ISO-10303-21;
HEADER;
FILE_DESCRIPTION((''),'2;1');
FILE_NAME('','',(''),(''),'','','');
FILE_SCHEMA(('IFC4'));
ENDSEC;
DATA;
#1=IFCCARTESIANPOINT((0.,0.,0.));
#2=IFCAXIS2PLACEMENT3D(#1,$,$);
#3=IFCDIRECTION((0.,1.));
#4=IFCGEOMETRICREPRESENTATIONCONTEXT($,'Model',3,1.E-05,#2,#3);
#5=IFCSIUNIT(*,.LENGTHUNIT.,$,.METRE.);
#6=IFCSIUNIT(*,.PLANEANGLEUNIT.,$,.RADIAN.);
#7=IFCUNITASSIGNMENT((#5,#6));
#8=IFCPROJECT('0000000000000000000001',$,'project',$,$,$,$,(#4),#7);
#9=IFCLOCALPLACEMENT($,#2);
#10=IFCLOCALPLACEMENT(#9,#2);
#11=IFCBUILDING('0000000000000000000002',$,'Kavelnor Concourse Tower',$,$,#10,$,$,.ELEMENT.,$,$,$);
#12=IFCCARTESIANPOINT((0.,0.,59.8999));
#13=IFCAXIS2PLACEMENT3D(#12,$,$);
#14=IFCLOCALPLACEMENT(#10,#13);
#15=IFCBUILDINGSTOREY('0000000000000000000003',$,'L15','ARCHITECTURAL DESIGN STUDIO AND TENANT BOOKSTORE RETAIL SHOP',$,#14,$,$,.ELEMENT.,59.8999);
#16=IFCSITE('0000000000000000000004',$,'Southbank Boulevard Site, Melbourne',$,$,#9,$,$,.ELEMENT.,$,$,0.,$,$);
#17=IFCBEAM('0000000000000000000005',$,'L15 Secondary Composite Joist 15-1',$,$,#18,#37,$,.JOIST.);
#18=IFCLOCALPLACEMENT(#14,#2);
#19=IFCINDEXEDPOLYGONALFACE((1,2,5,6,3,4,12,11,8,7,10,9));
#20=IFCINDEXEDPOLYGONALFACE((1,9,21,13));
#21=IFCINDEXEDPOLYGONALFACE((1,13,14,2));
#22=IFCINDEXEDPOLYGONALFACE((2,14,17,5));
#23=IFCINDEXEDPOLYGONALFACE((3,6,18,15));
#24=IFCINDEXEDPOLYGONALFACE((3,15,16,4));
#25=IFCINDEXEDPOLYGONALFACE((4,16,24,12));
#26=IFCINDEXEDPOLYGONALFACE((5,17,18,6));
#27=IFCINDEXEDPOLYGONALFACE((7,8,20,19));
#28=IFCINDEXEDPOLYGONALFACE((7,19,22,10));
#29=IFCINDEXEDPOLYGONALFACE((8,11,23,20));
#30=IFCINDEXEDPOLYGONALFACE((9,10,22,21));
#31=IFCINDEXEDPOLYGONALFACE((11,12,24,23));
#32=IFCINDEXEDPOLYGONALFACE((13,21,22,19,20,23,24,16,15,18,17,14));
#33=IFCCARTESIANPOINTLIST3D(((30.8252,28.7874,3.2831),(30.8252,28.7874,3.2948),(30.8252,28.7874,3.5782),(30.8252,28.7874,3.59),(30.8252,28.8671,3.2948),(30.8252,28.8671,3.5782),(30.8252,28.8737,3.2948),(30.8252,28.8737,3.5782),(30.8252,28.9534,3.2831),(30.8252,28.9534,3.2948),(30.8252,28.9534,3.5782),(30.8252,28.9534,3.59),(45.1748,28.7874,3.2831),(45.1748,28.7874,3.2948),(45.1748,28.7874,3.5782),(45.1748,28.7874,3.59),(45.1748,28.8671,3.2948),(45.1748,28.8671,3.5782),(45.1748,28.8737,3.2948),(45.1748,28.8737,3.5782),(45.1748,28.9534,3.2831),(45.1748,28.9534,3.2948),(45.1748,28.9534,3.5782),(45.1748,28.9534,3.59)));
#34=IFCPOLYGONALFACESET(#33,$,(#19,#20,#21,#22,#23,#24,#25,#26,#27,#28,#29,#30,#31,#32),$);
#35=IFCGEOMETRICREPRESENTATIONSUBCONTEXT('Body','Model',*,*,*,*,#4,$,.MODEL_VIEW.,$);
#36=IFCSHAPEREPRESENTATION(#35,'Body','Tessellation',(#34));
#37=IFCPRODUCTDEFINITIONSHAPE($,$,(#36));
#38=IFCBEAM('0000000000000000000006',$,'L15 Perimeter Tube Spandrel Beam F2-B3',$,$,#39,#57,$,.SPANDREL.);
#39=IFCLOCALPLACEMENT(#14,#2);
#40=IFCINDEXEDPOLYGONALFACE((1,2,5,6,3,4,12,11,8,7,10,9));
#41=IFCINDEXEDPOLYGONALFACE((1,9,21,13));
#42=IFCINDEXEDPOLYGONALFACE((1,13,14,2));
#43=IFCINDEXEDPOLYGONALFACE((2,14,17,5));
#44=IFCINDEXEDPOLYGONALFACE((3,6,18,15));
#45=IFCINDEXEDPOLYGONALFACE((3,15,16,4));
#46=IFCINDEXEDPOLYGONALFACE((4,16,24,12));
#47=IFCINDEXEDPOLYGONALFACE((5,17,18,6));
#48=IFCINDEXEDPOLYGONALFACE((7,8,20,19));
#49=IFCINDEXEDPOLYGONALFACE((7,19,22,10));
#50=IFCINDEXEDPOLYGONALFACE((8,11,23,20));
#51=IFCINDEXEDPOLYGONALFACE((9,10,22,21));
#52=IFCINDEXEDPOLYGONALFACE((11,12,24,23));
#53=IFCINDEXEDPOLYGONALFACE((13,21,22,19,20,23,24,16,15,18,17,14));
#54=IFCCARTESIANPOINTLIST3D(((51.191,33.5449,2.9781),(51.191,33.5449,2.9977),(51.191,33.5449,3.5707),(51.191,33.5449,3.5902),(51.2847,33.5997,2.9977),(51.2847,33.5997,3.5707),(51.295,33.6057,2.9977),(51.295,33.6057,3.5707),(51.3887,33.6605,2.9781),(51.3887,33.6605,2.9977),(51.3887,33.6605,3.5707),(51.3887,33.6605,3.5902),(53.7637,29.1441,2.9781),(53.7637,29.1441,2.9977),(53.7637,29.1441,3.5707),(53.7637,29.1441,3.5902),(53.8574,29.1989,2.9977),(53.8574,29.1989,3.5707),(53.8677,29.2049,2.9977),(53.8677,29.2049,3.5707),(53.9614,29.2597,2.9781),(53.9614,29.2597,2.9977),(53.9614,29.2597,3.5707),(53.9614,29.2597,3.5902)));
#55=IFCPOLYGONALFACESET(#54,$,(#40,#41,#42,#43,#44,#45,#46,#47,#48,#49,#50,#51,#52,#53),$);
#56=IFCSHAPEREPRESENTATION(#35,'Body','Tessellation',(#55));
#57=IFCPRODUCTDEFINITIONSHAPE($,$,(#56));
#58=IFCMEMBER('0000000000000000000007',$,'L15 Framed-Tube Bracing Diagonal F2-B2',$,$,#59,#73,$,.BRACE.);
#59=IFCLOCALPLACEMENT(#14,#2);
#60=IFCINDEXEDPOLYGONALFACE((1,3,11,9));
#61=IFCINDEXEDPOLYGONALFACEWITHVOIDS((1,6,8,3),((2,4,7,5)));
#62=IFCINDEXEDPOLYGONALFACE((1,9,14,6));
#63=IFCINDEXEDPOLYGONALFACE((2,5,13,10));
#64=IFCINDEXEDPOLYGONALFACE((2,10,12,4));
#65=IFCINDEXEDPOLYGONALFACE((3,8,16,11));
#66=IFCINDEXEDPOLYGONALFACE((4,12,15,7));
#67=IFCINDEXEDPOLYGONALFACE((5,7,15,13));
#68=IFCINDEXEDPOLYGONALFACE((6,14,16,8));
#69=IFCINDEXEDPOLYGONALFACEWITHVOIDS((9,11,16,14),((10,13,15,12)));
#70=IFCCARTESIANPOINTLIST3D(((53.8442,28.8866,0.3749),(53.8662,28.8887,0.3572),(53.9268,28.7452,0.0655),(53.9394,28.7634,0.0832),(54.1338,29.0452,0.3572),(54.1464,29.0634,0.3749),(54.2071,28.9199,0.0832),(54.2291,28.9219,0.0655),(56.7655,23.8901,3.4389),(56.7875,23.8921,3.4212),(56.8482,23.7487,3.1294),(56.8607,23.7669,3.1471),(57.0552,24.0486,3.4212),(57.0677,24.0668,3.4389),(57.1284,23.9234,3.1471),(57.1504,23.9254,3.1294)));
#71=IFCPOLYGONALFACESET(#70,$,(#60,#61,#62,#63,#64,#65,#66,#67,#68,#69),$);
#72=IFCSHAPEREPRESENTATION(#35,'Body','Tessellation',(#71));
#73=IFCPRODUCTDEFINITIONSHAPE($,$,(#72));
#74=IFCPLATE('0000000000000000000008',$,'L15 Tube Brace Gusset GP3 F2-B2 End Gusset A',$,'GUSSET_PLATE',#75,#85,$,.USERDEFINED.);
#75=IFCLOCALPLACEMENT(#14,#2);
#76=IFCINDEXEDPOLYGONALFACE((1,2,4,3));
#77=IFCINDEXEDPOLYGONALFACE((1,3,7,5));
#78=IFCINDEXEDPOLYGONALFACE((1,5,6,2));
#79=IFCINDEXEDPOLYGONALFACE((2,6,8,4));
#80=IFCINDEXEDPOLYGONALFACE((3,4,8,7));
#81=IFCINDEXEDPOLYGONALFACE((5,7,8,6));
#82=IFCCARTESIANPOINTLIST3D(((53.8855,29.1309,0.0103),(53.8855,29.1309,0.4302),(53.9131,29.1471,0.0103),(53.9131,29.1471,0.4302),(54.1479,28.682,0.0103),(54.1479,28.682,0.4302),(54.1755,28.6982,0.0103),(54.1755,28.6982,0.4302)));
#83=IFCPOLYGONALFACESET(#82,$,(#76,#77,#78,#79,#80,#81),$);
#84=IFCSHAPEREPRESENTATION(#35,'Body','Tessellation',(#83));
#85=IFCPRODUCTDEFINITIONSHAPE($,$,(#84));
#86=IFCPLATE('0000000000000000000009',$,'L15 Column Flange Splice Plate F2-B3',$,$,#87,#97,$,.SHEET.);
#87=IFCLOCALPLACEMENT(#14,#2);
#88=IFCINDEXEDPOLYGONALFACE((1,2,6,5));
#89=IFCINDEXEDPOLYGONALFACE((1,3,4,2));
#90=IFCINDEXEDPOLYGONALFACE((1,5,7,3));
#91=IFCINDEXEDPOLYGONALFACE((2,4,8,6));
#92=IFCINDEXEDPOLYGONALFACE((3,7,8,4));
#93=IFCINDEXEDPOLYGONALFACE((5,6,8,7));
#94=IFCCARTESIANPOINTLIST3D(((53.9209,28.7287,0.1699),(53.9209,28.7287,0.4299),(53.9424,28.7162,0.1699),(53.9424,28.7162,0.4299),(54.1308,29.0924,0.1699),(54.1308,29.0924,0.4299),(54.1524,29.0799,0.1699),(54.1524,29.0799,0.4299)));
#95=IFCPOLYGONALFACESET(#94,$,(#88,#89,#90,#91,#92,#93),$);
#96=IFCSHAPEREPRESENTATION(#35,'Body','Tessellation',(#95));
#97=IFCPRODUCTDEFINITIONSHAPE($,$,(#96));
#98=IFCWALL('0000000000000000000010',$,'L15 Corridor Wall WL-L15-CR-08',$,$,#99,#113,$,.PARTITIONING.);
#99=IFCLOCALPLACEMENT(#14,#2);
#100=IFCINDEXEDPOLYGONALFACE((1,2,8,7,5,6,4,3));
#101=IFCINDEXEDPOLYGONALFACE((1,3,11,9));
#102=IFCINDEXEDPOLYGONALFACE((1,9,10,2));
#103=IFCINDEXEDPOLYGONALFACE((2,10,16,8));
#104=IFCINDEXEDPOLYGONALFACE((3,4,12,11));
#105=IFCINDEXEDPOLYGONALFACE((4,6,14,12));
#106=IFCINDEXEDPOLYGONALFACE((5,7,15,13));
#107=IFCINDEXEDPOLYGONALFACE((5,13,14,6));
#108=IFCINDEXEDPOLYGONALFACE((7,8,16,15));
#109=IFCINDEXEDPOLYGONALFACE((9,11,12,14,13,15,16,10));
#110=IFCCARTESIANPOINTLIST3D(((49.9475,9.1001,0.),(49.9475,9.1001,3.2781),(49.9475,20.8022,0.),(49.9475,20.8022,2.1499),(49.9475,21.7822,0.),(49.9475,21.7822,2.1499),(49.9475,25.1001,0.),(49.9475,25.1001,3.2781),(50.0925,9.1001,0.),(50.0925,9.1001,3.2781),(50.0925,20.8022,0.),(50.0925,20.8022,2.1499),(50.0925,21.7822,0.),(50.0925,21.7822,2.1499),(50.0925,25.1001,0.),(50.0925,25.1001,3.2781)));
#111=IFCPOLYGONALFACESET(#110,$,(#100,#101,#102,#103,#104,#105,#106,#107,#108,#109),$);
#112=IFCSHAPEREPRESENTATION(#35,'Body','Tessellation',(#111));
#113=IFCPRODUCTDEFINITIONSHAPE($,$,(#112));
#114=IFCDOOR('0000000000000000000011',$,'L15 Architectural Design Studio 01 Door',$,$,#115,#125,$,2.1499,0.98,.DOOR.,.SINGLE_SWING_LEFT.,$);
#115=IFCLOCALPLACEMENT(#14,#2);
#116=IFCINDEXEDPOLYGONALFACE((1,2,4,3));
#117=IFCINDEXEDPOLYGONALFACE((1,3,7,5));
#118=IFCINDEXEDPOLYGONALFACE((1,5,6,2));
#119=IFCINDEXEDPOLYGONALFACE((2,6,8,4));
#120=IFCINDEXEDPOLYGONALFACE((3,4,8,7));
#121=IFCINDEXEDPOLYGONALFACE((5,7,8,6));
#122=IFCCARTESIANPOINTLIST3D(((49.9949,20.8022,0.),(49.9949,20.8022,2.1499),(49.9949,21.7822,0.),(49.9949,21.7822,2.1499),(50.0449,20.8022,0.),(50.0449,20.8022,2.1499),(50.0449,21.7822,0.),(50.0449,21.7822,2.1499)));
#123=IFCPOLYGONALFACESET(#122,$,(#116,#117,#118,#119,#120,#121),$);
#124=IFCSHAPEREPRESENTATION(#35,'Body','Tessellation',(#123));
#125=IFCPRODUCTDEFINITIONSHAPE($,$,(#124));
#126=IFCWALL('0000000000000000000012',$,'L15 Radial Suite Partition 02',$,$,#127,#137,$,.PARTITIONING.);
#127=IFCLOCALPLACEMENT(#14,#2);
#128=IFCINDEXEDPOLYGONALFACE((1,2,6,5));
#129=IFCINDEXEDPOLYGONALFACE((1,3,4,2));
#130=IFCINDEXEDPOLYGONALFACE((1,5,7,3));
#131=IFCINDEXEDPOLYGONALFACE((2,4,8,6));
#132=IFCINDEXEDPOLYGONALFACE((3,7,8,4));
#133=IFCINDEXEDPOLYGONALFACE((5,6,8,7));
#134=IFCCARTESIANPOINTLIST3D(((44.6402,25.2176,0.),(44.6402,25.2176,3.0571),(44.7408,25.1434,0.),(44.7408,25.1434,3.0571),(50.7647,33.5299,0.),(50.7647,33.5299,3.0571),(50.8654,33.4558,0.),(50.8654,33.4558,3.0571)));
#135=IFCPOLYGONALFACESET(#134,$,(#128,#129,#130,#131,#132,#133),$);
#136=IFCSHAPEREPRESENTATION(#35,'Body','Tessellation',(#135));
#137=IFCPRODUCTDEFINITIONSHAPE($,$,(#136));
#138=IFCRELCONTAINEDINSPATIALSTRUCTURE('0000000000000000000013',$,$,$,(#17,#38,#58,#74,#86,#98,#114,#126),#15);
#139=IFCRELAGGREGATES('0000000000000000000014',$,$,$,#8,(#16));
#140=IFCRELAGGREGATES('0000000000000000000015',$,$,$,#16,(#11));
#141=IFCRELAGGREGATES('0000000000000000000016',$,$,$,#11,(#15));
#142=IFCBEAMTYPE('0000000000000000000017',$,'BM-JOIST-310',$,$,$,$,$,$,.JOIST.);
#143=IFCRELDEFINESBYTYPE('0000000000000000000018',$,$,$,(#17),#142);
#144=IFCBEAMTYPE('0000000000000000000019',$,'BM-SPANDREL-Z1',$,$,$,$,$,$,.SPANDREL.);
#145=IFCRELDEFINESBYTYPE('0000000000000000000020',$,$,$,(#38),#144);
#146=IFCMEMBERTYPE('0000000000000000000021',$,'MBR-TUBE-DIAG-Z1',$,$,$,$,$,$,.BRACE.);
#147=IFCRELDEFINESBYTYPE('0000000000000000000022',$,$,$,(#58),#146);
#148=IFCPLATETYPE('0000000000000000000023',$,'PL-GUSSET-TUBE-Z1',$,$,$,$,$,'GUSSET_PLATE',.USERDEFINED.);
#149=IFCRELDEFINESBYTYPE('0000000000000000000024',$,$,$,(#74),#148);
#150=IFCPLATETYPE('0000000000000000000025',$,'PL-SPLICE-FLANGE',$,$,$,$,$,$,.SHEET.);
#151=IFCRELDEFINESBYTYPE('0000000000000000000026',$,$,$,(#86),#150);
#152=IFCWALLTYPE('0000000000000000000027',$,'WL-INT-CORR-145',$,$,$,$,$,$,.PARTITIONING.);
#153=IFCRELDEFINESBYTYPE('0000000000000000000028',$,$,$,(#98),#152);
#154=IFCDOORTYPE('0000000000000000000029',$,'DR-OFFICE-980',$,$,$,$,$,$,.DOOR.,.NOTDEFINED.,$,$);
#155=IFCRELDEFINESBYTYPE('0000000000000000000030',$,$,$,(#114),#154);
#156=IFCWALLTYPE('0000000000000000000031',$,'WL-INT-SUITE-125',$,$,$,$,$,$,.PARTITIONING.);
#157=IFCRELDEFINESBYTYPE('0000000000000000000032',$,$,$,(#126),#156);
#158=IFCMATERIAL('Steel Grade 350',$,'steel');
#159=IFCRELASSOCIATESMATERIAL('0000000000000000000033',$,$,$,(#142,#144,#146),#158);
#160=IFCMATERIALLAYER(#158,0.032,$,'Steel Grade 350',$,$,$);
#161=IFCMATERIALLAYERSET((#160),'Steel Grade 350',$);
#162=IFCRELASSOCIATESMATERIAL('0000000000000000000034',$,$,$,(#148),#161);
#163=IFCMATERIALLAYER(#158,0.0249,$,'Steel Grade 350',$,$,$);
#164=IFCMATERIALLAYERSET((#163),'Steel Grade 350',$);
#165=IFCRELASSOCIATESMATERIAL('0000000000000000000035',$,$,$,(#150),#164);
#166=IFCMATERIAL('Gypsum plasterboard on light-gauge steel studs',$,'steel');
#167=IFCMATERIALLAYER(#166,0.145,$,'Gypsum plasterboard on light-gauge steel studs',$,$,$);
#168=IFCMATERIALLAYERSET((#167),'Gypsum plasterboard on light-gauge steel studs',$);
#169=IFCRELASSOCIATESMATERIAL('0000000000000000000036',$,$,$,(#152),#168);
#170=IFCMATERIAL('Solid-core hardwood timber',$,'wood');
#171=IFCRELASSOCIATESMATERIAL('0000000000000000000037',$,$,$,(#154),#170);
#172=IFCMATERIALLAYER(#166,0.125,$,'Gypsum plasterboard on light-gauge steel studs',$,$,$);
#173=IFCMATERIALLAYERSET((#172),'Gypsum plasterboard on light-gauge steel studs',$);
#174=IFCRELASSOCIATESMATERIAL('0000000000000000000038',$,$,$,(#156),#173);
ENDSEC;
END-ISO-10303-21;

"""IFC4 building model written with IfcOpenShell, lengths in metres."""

from ifc_helpers import new_model, si_unit, direction, frame, frame_2d, origin, origin_2d, place, context, subcontext, project, spatial, rectangle, hollow_rectangle, i_section, extrude, material, layer, layer_set, material_profile, profile_set, type_object, element, fill, save


model = new_model("IFC4")

# Units and contexts
model_context = context("Model", 3, precision=1e-05, world=origin(), true_north=direction((0.0, 1.0)))
body_context = subcontext(model_context, "Body", "Model", "MODEL_VIEW")
ifc_project = project(units=[si_unit("LENGTHUNIT", "METRE"), si_unit("PLANEANGLEUNIT", "RADIAN")], contexts=[model_context])

# Site, building, storey
site_placement = place(None, origin())
site = spatial("IfcSite", under=ifc_project, at=site_placement, Name="Southbank Boulevard Site, Melbourne", CompositionType="ELEMENT", RefElevation=0.0)
building_placement = place(site_placement, origin())
building = spatial("IfcBuilding", under=site, at=building_placement, Name="Kavelnor Concourse Tower", CompositionType="ELEMENT")
storey_placement = place(building_placement, frame((0.0, 0.0, 59.8999)))
storey = spatial("IfcBuildingStorey", under=building, at=storey_placement, Name="L15", Description="ARCHITECTURAL DESIGN STUDIO AND TENANT BOOKSTORE RETAIL SHOP", CompositionType="ELEMENT", Elevation=59.8999)

# Shared definitions
ifc_material_1 = material(Name="Steel Grade 350", Category="steel")

# Beams
ifc_material_profile_1 = material_profile(ifc_material_1, i_section(OverallWidth=0.166, OverallDepth=0.3069, WebThickness=0.0066, FlangeThickness=0.0117, at=origin_2d()), Name="310UB46")
ifc_profile_set_1 = profile_set([ifc_material_profile_1], Name="Steel Grade 350")
beam_type_1 = type_object("IfcBeamType", Name="BM-JOIST-310", PredefinedType="JOIST", material=ifc_profile_set_1)
beam_1_placement = place(storey_placement, frame((45.1748, 28.8704, 3.4365), z_axis=(-1.0, 0.0, 0.0), x_axis=(0.0, -1.0, 0.0)))
element("IfcBeam", 1, at=beam_1_placement, inside=storey, type_object=beam_type_1, Name="L15 Secondary Composite Joist 15-1", PredefinedType="JOIST", context=body_context, shape_type="SweptSolid", body=[
    extrude(i_section(OverallWidth=0.166, OverallDepth=0.3069, WebThickness=0.0066, FlangeThickness=0.0117, at=origin_2d()), origin(), (0.0, 0.0, 1.0), 14.3496),
])
ifc_material_profile_2 = material_profile(ifc_material_1, i_section(OverallWidth=0.229, OverallDepth=0.6121, WebThickness=0.012, FlangeThickness=0.0195, at=origin_2d()), Name="610UB125")
ifc_profile_set_2 = profile_set([ifc_material_profile_2], Name="Steel Grade 350")
beam_type_2 = type_object("IfcBeamType", Name="BM-SPANDREL-Z1", PredefinedType="SPANDREL", material=ifc_profile_set_2)
beam_2_placement = place(storey_placement, frame((53.8625, 29.2019, 3.2842), z_axis=(-0.504687, 0.863303, 0.0), x_axis=(-0.863303, -0.504687, 0.0)))
element("IfcBeam", 2, at=beam_2_placement, inside=storey, type_object=beam_type_2, Name="L15 Perimeter Tube Spandrel Beam F2-B3", PredefinedType="SPANDREL", context=body_context, shape_type="SweptSolid", body=[
    extrude(i_section(OverallWidth=0.229, OverallDepth=0.6121, WebThickness=0.012, FlangeThickness=0.0195, at=origin_2d()), origin(), (0.0, 0.0, 1.0), 5.0977),
])

# Member
ifc_material_profile_3 = material_profile(ifc_material_1, hollow_rectangle(XDim=0.3501, YDim=0.3501, WallThickness=0.02, at=origin_2d()), Name="SHS 350x350x20")
ifc_profile_set_3 = profile_set([ifc_material_profile_3], Name="Steel Grade 350")
member_type = type_object("IfcMemberType", Name="MBR-TUBE-DIAG-Z1", PredefinedType="BRACE", material=ifc_profile_set_3)
member_placement = place(storey_placement, frame((54.0366, 28.9043, 0.2202), z_axis=(0.446088, -0.762964, 0.467859), x_axis=(0.863274, 0.504736, 0.0)))
element("IfcMember", 3, at=member_placement, inside=storey, type_object=member_type, Name="L15 Framed-Tube Bracing Diagonal F2-B2", PredefinedType="BRACE", context=body_context, shape_type="SweptSolid", body=[
    extrude(hollow_rectangle(XDim=0.3501, YDim=0.3501, WallThickness=0.02, at=origin_2d()), origin(), (0.0, 0.0, 1.0), 6.5488),
])

# Plates
ifc_layer_1 = layer(ifc_material_1, 0.032, Name="Steel Grade 350")
ifc_layer_set_1 = layer_set([ifc_layer_1], Name="Steel Grade 350")
plate_type_1 = type_object("IfcPlateType", Name="PL-GUSSET-TUBE-Z1", ElementType="GUSSET_PLATE", PredefinedType="USERDEFINED", material=ifc_layer_set_1)
plate_1_placement = place(storey_placement, frame((54.0305, 28.9146, 0.0103), z_axis=(0.0, 0.0, 1.0), x_axis=(0.504678, -0.863307, 0.0)))
element("IfcPlate", 4, at=plate_1_placement, inside=storey, type_object=plate_type_1, Name="L15 Tube Brace Gusset GP3 F2-B2 End Gusset A", ObjectType="GUSSET_PLATE", PredefinedType="USERDEFINED", context=body_context, shape_type="SweptSolid", body=[
    extrude(rectangle(XDim=0.52, YDim=0.032, at=origin_2d()), origin(), (0.0, 0.0, 1.0), 0.4199),
])
ifc_layer_2 = layer(ifc_material_1, 0.0249, Name="Steel Grade 350")
ifc_layer_set_2 = layer_set([ifc_layer_2], Name="Steel Grade 350")
plate_type_2 = type_object("IfcPlateType", Name="PL-SPLICE-FLANGE", PredefinedType="SHEET", material=ifc_layer_set_2)
plate_2_placement = place(storey_placement, frame((54.0366, 28.9043, 0.1699), z_axis=(0.0, 0.0, 1.0), x_axis=(-0.5, -0.866025, 0.0)))
element("IfcPlate", 5, at=plate_2_placement, inside=storey, type_object=plate_type_2, Name="L15 Column Flange Splice Plate F2-B3", PredefinedType="SHEET", context=body_context, shape_type="SweptSolid", body=[
    extrude(rectangle(XDim=0.4199, YDim=0.0249, at=origin_2d()), origin(), (0.0, 0.0, 1.0), 0.26),
])

# Wall, opening, door
ifc_material_2 = material(Name="Gypsum plasterboard on light-gauge steel studs", Category="steel")
ifc_layer_3 = layer(ifc_material_2, 0.145, Name="Gypsum plasterboard on light-gauge steel studs")
ifc_layer_set_3 = layer_set([ifc_layer_3], Name="Gypsum plasterboard on light-gauge steel studs")
wall_type_1 = type_object("IfcWallType", Name="WL-INT-CORR-145", PredefinedType="PARTITIONING", material=ifc_layer_set_3)
wall_1_placement = place(storey_placement, frame((50.02, 25.1001, 0.0), z_axis=(0.0, 0.0, 1.0), x_axis=(0.0, -1.0, 0.0)))
wall_1 = element("IfcWall", 6, at=wall_1_placement, inside=storey, type_object=wall_type_1, Name="L15 Corridor Wall WL-L15-CR-08", PredefinedType="PARTITIONING", context=body_context, shape_type="SweptSolid", body=[
    extrude(rectangle(XDim=16.0, YDim=0.145, at=frame_2d((8.0, 0.0))), origin(), (0.0, 0.0, 1.0), 3.2781),
])
opening_placement = place(wall_1_placement, frame((3.3179, 0.0, 0.0)))
opening = element("IfcOpeningElement", 7, at=opening_placement, cuts=wall_1, PredefinedType="OPENING", context=body_context, shape_type="SweptSolid", body=[
    extrude(rectangle(XDim=0.98, YDim=2.1499, at=frame_2d((0.49, 1.075))), frame((0.0, 0.0825, 0.0), z_axis=(0.0, -1.0, 0.0), x_axis=(1.0, 0.0, 0.0)), (0.0, 0.0, 1.0), 0.165),
])
ifc_material_3 = material(Name="Solid-core hardwood timber", Category="wood")
door_type = type_object("IfcDoorType", Name="DR-OFFICE-980", OperationType="NOTDEFINED", PredefinedType="DOOR", material=ifc_material_3)
door_placement = place(opening_placement, origin())
door = element("IfcDoor", 8, at=door_placement, inside=storey, type_object=door_type, Name="L15 Architectural Design Studio 01 Door", OperationType="SINGLE_SWING_LEFT", OverallHeight=2.1499, OverallWidth=0.98, PredefinedType="DOOR", context=body_context, shape_type="SweptSolid", body=[
    extrude(rectangle(XDim=0.98, YDim=2.1499, at=frame_2d((0.49, 1.075))), frame((0.0, 0.0249, 0.0), z_axis=(0.0, -1.0, 0.0), x_axis=(1.0, 0.0, 0.0)), (0.0, 0.0, 1.0), 0.05),
])
fill(opening, door)

# Wall
ifc_layer_4 = layer(ifc_material_2, 0.125, Name="Gypsum plasterboard on light-gauge steel studs")
ifc_layer_set_4 = layer_set([ifc_layer_4], Name="Gypsum plasterboard on light-gauge steel studs")
wall_type_2 = type_object("IfcWallType", Name="WL-INT-SUITE-125", PredefinedType="PARTITIONING", material=ifc_layer_set_4)
wall_2_placement = place(storey_placement, frame((44.6904, 25.1804, 0.0), z_axis=(0.0, 0.0, 1.0), x_axis=(0.59318, 0.80507, 0.0)))
element("IfcWall", 9, at=wall_2_placement, inside=storey, type_object=wall_type_2, Name="L15 Radial Suite Partition 02", PredefinedType="PARTITIONING", context=body_context, shape_type="SweptSolid", body=[
    extrude(rectangle(XDim=10.325, YDim=0.125, at=frame_2d((5.1626, 0.0))), origin(), (0.0, 0.0, 1.0), 3.0571),
])

save(model, "model.ifc")
